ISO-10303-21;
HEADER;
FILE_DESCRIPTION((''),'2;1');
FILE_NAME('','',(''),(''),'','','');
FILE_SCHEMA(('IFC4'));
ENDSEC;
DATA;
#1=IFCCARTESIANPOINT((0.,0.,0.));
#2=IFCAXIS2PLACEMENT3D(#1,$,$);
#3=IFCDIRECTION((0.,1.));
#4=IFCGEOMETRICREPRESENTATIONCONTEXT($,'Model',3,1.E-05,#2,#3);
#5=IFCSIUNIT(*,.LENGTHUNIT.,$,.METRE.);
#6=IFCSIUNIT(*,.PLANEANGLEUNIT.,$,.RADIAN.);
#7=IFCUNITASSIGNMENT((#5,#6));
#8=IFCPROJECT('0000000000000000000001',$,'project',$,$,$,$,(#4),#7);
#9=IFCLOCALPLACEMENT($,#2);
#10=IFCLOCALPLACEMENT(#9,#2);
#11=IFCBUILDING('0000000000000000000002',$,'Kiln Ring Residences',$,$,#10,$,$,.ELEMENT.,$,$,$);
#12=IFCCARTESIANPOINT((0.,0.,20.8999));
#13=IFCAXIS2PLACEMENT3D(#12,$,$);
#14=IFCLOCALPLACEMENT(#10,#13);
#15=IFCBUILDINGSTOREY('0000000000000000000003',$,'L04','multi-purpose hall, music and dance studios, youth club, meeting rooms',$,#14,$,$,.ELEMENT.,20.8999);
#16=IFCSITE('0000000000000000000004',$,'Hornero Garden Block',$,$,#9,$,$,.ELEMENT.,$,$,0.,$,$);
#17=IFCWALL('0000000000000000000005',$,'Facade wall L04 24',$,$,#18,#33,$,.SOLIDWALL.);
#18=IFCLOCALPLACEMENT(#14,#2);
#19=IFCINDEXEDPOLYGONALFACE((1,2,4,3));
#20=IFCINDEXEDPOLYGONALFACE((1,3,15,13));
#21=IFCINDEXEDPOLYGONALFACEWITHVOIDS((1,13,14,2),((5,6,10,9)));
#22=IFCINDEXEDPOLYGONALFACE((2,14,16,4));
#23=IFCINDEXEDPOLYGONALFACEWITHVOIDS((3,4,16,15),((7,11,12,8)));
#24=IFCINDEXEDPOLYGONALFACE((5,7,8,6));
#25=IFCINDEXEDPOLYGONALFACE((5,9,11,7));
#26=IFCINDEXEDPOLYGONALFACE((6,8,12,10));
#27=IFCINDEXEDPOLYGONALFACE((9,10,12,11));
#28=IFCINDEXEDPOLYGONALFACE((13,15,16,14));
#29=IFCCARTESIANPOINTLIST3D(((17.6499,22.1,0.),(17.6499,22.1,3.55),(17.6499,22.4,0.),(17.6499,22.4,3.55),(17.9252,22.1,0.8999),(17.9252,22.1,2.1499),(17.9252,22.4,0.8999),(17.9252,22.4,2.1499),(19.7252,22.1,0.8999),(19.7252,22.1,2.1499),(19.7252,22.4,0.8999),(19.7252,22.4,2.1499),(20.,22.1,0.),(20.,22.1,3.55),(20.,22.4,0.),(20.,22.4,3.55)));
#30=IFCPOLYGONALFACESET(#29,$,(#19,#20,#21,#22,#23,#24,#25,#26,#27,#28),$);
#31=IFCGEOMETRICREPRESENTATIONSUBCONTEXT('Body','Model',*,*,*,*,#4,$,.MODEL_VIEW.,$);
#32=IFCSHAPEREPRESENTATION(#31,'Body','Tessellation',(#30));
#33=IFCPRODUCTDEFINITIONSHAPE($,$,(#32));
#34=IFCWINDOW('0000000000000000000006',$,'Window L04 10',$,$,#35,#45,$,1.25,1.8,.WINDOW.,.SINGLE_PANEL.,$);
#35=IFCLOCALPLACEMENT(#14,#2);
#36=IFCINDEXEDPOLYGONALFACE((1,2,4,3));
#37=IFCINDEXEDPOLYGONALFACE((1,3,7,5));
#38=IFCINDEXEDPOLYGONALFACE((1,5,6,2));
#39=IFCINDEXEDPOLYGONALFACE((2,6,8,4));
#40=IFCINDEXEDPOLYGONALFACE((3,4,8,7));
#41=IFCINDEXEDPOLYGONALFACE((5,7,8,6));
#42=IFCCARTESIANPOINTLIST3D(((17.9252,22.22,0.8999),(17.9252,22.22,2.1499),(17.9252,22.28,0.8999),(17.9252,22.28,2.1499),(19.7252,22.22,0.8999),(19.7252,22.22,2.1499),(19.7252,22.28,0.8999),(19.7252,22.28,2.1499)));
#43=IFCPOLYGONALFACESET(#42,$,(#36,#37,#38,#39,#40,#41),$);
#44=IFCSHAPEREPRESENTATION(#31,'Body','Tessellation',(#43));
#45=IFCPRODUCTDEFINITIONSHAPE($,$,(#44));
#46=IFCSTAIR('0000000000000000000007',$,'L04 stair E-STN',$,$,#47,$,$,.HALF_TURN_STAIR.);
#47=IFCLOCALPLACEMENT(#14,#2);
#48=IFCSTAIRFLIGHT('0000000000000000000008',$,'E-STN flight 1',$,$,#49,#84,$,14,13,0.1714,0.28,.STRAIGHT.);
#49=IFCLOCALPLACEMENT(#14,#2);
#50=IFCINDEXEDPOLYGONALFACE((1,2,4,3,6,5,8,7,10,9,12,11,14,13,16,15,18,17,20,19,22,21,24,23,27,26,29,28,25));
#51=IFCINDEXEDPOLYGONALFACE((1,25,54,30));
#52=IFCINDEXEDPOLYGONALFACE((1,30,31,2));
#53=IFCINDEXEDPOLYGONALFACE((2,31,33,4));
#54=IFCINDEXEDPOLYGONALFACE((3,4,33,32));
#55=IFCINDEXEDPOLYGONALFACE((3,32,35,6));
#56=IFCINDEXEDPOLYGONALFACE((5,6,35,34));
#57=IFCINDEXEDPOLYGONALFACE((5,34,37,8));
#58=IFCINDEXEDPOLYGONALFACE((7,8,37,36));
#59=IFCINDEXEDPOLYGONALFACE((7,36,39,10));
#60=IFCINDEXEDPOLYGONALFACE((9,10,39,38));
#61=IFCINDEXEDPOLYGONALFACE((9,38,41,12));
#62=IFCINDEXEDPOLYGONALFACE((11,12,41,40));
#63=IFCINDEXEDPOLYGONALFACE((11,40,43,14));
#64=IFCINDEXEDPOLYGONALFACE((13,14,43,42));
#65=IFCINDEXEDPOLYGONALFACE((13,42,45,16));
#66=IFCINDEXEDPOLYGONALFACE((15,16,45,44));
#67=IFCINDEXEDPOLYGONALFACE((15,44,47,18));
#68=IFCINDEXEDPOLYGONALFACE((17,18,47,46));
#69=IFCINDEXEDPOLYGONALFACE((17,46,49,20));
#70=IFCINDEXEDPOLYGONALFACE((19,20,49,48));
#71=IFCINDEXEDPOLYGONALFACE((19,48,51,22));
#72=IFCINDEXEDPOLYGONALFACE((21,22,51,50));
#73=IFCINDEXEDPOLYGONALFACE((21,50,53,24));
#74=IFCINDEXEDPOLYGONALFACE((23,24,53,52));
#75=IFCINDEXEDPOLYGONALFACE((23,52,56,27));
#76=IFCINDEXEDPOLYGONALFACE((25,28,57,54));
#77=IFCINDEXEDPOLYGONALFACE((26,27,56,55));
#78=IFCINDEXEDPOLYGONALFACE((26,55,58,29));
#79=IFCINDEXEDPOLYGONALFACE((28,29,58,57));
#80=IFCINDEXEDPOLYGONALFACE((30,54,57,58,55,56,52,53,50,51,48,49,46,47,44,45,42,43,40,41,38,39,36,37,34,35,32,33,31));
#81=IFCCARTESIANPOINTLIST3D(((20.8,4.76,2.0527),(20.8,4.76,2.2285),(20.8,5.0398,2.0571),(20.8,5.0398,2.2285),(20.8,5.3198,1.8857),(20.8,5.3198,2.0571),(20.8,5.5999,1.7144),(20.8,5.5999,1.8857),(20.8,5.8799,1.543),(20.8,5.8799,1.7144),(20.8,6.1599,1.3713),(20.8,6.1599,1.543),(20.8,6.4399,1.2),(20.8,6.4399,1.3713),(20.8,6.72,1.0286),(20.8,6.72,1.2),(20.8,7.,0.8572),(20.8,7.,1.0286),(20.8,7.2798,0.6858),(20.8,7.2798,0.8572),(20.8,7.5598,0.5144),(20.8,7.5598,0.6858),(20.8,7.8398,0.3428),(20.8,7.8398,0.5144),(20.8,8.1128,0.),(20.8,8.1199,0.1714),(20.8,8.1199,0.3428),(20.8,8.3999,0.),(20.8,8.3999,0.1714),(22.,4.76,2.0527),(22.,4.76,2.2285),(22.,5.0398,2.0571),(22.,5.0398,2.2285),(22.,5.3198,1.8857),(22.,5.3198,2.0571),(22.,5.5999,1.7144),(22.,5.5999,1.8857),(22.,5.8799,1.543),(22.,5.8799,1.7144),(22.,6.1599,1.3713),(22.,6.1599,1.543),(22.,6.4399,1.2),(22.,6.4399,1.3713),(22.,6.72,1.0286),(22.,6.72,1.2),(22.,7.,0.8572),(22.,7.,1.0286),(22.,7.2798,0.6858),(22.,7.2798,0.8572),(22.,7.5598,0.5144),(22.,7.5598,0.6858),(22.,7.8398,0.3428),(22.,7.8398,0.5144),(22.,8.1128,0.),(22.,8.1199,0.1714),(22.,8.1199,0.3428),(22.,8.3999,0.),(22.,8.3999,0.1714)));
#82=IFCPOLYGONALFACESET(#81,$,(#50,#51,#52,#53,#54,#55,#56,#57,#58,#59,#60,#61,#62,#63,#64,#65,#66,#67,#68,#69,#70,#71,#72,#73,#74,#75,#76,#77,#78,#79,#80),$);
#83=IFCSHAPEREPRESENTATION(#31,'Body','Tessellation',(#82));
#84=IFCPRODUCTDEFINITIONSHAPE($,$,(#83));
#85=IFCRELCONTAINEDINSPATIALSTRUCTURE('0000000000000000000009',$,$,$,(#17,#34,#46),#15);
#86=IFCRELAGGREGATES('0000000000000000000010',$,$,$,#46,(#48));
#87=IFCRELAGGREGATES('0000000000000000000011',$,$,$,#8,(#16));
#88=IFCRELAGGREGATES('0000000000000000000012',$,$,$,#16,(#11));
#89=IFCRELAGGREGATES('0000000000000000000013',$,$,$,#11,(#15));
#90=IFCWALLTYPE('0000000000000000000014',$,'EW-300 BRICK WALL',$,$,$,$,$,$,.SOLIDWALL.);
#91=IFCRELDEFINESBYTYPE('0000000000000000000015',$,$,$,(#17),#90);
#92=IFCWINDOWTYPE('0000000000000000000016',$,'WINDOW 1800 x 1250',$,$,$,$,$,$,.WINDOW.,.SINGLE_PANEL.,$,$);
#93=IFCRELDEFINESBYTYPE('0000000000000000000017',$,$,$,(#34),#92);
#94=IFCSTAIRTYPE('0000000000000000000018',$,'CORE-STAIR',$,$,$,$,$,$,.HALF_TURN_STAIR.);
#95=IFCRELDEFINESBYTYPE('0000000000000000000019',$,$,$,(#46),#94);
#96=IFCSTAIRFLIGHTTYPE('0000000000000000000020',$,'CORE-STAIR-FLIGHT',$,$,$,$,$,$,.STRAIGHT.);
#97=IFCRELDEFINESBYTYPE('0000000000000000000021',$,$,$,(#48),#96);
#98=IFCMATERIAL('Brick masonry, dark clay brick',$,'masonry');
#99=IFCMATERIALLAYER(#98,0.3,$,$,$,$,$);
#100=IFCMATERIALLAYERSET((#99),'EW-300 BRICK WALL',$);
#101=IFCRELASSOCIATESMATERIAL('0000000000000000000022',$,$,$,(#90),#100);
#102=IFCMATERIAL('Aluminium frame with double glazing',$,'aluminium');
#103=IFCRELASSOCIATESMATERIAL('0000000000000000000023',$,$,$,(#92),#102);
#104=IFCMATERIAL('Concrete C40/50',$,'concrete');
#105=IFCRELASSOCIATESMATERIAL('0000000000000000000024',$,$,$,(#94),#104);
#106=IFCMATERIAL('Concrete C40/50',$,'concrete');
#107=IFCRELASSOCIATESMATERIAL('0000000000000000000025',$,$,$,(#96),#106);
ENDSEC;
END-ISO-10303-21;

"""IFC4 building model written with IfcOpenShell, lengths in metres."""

from ifc_helpers import new_model, si_unit, direction, frame, frame_2d, origin, place, context, subcontext, project, spatial, polyline, rectangle, outline, extrude, material, layer, layer_set, type_object, element, fill, aggregate, save


model = new_model("IFC4")

# Units and contexts
model_context = context("Model", 3, precision=1e-05, world=origin(), true_north=direction((0.0, 1.0)))
body_context = subcontext(model_context, "Body", "Model", "MODEL_VIEW")
ifc_project = project(units=[si_unit("LENGTHUNIT", "METRE"), si_unit("PLANEANGLEUNIT", "RADIAN")], contexts=[model_context])

# Site, building, storey
site_placement = place(None, origin())
site = spatial("IfcSite", under=ifc_project, at=site_placement, Name="Hornero Garden Block", CompositionType="ELEMENT", RefElevation=0.0)
building_placement = place(site_placement, origin())
building = spatial("IfcBuilding", under=site, at=building_placement, Name="Kiln Ring Residences", CompositionType="ELEMENT")
storey_placement = place(building_placement, frame((0.0, 0.0, 20.8999)))
storey = spatial("IfcBuildingStorey", under=building, at=storey_placement, Name="L04", Description="multi-purpose hall, music and dance studios, youth club, meeting rooms", CompositionType="ELEMENT", Elevation=20.8999)

# Shared definitions
ifc_material_1 = material(Name="Brick masonry, dark clay brick", Category="masonry")
ifc_layer_1 = layer(ifc_material_1, 0.3)
ifc_layer_set_1 = layer_set([ifc_layer_1], Name="EW-300 BRICK WALL")
wall_type_1 = type_object("IfcWallType", Name="EW-300 BRICK WALL", PredefinedType="SOLIDWALL", material=ifc_layer_set_1)

# Wall, opening, window
wall_1_placement = place(storey_placement, frame((20.0, 22.25, 0.0), z_axis=(0.0, 0.0, 1.0), x_axis=(-1.0, 0.0, 0.0)))
wall_1 = element("IfcWall", 1, at=wall_1_placement, inside=storey, type_object=wall_type_1, Name="Facade wall L04 24", PredefinedType="SOLIDWALL", context=body_context, shape_type="SweptSolid", body=[
    extrude(rectangle(XDim=2.3501, YDim=0.3, at=frame_2d((1.175, 0.0))), origin(), (0.0, 0.0, 1.0), 3.55),
])
opening_1_placement = place(wall_1_placement, frame((0.2749, 0.0, 0.8999)))
opening_1 = element("IfcOpeningElement", 2, at=opening_1_placement, cuts=wall_1, PredefinedType="OPENING", context=body_context, shape_type="SweptSolid", body=[
    extrude(rectangle(XDim=1.8, YDim=1.25, at=frame_2d((0.8999, 0.625))), frame((0.0, 0.1599, 0.0), z_axis=(0.0, -1.0, 0.0), x_axis=(1.0, 0.0, 0.0)), (0.0, 0.0, 1.0), 0.3201),
])
ifc_material_2 = material(Name="Aluminium frame with double glazing", Category="aluminium")
window_type_1 = type_object("IfcWindowType", Name="WINDOW 1800 x 1250", PartitioningType="SINGLE_PANEL", PredefinedType="WINDOW", material=ifc_material_2)
window_1_placement = place(opening_1_placement, origin())
window_1 = element("IfcWindow", 3, at=window_1_placement, inside=storey, type_object=window_type_1, Name="Window L04 10", OverallHeight=1.25, OverallWidth=1.8, PartitioningType="SINGLE_PANEL", PredefinedType="WINDOW", context=body_context, shape_type="SweptSolid", body=[
    extrude(rectangle(XDim=1.8, YDim=1.25, at=frame_2d((0.8999, 0.625))), frame((0.0, 0.03, 0.0), z_axis=(0.0, -1.0, 0.0), x_axis=(1.0, 0.0, 0.0)), (0.0, 0.0, 1.0), 0.0601),
])
fill(opening_1, window_1)

# Stair, stair flight
ifc_material_3 = material(Name="Concrete C40/50", Category="concrete")
stair_type = type_object("IfcStairType", Name="CORE-STAIR", PredefinedType="HALF_TURN_STAIR", material=ifc_material_3)
stair_placement = place(storey_placement, origin())
stair = element("IfcStair", 4, at=stair_placement, inside=storey, type_object=stair_type, Name="L04 stair E-STN", PredefinedType="HALF_TURN_STAIR")
ifc_material_4 = material(Name="Concrete C40/50", Category="concrete")
stair_flight_type = type_object("IfcStairFlightType", Name="CORE-STAIR-FLIGHT", PredefinedType="STRAIGHT", material=ifc_material_4)
stair_flight_placement = place(storey_placement, frame((21.3999, 8.3999, 0.0), z_axis=(0.0, 0.0, 1.0), x_axis=(0.0, -1.0, 0.0)))
stair_flight = element("IfcStairFlight", 5, at=stair_flight_placement, type_object=stair_flight_type, Name="E-STN flight 1", NumberOfRisers=14, NumberOfTreads=13, PredefinedType="STRAIGHT", RiserHeight=0.1714, TreadLength=0.28, context=body_context, shape_type="SweptSolid", body=[
    extrude(outline(polyline([(0.0, 0.0), (0.0, 0.1714), (0.28, 0.1714), (0.28, 0.3428), (0.5601, 0.3428), (0.5601, 0.5144), (0.8401, 0.5144), (0.8401, 0.6858), (1.1201, 0.6858), (1.1201, 0.8572), (1.3999, 0.8572), (1.3999, 1.0286), (1.6799, 1.0286), (1.6799, 1.2), (1.96, 1.2), (1.96, 1.3713), (2.24, 1.3713), (2.24, 1.543), (2.52, 1.543), (2.52, 1.7144), (2.8, 1.7144), (2.8, 1.8857), (3.0801, 1.8857), (3.0801, 2.0571), (3.3601, 2.0571), (3.3601, 2.2285), (3.6399, 2.2285), (3.6399, 2.3999), (3.6399, 2.0527), (0.2871, 0.0), (0.0, 0.0)])), frame((0.0, 0.6001, 0.0), z_axis=(0.0, -1.0, 0.0), x_axis=(1.0, 0.0, 0.0)), (0.0, 0.0, 1.0), 1.2),
])
aggregate(stair, [stair_flight])

save(model, "model.ifc")
